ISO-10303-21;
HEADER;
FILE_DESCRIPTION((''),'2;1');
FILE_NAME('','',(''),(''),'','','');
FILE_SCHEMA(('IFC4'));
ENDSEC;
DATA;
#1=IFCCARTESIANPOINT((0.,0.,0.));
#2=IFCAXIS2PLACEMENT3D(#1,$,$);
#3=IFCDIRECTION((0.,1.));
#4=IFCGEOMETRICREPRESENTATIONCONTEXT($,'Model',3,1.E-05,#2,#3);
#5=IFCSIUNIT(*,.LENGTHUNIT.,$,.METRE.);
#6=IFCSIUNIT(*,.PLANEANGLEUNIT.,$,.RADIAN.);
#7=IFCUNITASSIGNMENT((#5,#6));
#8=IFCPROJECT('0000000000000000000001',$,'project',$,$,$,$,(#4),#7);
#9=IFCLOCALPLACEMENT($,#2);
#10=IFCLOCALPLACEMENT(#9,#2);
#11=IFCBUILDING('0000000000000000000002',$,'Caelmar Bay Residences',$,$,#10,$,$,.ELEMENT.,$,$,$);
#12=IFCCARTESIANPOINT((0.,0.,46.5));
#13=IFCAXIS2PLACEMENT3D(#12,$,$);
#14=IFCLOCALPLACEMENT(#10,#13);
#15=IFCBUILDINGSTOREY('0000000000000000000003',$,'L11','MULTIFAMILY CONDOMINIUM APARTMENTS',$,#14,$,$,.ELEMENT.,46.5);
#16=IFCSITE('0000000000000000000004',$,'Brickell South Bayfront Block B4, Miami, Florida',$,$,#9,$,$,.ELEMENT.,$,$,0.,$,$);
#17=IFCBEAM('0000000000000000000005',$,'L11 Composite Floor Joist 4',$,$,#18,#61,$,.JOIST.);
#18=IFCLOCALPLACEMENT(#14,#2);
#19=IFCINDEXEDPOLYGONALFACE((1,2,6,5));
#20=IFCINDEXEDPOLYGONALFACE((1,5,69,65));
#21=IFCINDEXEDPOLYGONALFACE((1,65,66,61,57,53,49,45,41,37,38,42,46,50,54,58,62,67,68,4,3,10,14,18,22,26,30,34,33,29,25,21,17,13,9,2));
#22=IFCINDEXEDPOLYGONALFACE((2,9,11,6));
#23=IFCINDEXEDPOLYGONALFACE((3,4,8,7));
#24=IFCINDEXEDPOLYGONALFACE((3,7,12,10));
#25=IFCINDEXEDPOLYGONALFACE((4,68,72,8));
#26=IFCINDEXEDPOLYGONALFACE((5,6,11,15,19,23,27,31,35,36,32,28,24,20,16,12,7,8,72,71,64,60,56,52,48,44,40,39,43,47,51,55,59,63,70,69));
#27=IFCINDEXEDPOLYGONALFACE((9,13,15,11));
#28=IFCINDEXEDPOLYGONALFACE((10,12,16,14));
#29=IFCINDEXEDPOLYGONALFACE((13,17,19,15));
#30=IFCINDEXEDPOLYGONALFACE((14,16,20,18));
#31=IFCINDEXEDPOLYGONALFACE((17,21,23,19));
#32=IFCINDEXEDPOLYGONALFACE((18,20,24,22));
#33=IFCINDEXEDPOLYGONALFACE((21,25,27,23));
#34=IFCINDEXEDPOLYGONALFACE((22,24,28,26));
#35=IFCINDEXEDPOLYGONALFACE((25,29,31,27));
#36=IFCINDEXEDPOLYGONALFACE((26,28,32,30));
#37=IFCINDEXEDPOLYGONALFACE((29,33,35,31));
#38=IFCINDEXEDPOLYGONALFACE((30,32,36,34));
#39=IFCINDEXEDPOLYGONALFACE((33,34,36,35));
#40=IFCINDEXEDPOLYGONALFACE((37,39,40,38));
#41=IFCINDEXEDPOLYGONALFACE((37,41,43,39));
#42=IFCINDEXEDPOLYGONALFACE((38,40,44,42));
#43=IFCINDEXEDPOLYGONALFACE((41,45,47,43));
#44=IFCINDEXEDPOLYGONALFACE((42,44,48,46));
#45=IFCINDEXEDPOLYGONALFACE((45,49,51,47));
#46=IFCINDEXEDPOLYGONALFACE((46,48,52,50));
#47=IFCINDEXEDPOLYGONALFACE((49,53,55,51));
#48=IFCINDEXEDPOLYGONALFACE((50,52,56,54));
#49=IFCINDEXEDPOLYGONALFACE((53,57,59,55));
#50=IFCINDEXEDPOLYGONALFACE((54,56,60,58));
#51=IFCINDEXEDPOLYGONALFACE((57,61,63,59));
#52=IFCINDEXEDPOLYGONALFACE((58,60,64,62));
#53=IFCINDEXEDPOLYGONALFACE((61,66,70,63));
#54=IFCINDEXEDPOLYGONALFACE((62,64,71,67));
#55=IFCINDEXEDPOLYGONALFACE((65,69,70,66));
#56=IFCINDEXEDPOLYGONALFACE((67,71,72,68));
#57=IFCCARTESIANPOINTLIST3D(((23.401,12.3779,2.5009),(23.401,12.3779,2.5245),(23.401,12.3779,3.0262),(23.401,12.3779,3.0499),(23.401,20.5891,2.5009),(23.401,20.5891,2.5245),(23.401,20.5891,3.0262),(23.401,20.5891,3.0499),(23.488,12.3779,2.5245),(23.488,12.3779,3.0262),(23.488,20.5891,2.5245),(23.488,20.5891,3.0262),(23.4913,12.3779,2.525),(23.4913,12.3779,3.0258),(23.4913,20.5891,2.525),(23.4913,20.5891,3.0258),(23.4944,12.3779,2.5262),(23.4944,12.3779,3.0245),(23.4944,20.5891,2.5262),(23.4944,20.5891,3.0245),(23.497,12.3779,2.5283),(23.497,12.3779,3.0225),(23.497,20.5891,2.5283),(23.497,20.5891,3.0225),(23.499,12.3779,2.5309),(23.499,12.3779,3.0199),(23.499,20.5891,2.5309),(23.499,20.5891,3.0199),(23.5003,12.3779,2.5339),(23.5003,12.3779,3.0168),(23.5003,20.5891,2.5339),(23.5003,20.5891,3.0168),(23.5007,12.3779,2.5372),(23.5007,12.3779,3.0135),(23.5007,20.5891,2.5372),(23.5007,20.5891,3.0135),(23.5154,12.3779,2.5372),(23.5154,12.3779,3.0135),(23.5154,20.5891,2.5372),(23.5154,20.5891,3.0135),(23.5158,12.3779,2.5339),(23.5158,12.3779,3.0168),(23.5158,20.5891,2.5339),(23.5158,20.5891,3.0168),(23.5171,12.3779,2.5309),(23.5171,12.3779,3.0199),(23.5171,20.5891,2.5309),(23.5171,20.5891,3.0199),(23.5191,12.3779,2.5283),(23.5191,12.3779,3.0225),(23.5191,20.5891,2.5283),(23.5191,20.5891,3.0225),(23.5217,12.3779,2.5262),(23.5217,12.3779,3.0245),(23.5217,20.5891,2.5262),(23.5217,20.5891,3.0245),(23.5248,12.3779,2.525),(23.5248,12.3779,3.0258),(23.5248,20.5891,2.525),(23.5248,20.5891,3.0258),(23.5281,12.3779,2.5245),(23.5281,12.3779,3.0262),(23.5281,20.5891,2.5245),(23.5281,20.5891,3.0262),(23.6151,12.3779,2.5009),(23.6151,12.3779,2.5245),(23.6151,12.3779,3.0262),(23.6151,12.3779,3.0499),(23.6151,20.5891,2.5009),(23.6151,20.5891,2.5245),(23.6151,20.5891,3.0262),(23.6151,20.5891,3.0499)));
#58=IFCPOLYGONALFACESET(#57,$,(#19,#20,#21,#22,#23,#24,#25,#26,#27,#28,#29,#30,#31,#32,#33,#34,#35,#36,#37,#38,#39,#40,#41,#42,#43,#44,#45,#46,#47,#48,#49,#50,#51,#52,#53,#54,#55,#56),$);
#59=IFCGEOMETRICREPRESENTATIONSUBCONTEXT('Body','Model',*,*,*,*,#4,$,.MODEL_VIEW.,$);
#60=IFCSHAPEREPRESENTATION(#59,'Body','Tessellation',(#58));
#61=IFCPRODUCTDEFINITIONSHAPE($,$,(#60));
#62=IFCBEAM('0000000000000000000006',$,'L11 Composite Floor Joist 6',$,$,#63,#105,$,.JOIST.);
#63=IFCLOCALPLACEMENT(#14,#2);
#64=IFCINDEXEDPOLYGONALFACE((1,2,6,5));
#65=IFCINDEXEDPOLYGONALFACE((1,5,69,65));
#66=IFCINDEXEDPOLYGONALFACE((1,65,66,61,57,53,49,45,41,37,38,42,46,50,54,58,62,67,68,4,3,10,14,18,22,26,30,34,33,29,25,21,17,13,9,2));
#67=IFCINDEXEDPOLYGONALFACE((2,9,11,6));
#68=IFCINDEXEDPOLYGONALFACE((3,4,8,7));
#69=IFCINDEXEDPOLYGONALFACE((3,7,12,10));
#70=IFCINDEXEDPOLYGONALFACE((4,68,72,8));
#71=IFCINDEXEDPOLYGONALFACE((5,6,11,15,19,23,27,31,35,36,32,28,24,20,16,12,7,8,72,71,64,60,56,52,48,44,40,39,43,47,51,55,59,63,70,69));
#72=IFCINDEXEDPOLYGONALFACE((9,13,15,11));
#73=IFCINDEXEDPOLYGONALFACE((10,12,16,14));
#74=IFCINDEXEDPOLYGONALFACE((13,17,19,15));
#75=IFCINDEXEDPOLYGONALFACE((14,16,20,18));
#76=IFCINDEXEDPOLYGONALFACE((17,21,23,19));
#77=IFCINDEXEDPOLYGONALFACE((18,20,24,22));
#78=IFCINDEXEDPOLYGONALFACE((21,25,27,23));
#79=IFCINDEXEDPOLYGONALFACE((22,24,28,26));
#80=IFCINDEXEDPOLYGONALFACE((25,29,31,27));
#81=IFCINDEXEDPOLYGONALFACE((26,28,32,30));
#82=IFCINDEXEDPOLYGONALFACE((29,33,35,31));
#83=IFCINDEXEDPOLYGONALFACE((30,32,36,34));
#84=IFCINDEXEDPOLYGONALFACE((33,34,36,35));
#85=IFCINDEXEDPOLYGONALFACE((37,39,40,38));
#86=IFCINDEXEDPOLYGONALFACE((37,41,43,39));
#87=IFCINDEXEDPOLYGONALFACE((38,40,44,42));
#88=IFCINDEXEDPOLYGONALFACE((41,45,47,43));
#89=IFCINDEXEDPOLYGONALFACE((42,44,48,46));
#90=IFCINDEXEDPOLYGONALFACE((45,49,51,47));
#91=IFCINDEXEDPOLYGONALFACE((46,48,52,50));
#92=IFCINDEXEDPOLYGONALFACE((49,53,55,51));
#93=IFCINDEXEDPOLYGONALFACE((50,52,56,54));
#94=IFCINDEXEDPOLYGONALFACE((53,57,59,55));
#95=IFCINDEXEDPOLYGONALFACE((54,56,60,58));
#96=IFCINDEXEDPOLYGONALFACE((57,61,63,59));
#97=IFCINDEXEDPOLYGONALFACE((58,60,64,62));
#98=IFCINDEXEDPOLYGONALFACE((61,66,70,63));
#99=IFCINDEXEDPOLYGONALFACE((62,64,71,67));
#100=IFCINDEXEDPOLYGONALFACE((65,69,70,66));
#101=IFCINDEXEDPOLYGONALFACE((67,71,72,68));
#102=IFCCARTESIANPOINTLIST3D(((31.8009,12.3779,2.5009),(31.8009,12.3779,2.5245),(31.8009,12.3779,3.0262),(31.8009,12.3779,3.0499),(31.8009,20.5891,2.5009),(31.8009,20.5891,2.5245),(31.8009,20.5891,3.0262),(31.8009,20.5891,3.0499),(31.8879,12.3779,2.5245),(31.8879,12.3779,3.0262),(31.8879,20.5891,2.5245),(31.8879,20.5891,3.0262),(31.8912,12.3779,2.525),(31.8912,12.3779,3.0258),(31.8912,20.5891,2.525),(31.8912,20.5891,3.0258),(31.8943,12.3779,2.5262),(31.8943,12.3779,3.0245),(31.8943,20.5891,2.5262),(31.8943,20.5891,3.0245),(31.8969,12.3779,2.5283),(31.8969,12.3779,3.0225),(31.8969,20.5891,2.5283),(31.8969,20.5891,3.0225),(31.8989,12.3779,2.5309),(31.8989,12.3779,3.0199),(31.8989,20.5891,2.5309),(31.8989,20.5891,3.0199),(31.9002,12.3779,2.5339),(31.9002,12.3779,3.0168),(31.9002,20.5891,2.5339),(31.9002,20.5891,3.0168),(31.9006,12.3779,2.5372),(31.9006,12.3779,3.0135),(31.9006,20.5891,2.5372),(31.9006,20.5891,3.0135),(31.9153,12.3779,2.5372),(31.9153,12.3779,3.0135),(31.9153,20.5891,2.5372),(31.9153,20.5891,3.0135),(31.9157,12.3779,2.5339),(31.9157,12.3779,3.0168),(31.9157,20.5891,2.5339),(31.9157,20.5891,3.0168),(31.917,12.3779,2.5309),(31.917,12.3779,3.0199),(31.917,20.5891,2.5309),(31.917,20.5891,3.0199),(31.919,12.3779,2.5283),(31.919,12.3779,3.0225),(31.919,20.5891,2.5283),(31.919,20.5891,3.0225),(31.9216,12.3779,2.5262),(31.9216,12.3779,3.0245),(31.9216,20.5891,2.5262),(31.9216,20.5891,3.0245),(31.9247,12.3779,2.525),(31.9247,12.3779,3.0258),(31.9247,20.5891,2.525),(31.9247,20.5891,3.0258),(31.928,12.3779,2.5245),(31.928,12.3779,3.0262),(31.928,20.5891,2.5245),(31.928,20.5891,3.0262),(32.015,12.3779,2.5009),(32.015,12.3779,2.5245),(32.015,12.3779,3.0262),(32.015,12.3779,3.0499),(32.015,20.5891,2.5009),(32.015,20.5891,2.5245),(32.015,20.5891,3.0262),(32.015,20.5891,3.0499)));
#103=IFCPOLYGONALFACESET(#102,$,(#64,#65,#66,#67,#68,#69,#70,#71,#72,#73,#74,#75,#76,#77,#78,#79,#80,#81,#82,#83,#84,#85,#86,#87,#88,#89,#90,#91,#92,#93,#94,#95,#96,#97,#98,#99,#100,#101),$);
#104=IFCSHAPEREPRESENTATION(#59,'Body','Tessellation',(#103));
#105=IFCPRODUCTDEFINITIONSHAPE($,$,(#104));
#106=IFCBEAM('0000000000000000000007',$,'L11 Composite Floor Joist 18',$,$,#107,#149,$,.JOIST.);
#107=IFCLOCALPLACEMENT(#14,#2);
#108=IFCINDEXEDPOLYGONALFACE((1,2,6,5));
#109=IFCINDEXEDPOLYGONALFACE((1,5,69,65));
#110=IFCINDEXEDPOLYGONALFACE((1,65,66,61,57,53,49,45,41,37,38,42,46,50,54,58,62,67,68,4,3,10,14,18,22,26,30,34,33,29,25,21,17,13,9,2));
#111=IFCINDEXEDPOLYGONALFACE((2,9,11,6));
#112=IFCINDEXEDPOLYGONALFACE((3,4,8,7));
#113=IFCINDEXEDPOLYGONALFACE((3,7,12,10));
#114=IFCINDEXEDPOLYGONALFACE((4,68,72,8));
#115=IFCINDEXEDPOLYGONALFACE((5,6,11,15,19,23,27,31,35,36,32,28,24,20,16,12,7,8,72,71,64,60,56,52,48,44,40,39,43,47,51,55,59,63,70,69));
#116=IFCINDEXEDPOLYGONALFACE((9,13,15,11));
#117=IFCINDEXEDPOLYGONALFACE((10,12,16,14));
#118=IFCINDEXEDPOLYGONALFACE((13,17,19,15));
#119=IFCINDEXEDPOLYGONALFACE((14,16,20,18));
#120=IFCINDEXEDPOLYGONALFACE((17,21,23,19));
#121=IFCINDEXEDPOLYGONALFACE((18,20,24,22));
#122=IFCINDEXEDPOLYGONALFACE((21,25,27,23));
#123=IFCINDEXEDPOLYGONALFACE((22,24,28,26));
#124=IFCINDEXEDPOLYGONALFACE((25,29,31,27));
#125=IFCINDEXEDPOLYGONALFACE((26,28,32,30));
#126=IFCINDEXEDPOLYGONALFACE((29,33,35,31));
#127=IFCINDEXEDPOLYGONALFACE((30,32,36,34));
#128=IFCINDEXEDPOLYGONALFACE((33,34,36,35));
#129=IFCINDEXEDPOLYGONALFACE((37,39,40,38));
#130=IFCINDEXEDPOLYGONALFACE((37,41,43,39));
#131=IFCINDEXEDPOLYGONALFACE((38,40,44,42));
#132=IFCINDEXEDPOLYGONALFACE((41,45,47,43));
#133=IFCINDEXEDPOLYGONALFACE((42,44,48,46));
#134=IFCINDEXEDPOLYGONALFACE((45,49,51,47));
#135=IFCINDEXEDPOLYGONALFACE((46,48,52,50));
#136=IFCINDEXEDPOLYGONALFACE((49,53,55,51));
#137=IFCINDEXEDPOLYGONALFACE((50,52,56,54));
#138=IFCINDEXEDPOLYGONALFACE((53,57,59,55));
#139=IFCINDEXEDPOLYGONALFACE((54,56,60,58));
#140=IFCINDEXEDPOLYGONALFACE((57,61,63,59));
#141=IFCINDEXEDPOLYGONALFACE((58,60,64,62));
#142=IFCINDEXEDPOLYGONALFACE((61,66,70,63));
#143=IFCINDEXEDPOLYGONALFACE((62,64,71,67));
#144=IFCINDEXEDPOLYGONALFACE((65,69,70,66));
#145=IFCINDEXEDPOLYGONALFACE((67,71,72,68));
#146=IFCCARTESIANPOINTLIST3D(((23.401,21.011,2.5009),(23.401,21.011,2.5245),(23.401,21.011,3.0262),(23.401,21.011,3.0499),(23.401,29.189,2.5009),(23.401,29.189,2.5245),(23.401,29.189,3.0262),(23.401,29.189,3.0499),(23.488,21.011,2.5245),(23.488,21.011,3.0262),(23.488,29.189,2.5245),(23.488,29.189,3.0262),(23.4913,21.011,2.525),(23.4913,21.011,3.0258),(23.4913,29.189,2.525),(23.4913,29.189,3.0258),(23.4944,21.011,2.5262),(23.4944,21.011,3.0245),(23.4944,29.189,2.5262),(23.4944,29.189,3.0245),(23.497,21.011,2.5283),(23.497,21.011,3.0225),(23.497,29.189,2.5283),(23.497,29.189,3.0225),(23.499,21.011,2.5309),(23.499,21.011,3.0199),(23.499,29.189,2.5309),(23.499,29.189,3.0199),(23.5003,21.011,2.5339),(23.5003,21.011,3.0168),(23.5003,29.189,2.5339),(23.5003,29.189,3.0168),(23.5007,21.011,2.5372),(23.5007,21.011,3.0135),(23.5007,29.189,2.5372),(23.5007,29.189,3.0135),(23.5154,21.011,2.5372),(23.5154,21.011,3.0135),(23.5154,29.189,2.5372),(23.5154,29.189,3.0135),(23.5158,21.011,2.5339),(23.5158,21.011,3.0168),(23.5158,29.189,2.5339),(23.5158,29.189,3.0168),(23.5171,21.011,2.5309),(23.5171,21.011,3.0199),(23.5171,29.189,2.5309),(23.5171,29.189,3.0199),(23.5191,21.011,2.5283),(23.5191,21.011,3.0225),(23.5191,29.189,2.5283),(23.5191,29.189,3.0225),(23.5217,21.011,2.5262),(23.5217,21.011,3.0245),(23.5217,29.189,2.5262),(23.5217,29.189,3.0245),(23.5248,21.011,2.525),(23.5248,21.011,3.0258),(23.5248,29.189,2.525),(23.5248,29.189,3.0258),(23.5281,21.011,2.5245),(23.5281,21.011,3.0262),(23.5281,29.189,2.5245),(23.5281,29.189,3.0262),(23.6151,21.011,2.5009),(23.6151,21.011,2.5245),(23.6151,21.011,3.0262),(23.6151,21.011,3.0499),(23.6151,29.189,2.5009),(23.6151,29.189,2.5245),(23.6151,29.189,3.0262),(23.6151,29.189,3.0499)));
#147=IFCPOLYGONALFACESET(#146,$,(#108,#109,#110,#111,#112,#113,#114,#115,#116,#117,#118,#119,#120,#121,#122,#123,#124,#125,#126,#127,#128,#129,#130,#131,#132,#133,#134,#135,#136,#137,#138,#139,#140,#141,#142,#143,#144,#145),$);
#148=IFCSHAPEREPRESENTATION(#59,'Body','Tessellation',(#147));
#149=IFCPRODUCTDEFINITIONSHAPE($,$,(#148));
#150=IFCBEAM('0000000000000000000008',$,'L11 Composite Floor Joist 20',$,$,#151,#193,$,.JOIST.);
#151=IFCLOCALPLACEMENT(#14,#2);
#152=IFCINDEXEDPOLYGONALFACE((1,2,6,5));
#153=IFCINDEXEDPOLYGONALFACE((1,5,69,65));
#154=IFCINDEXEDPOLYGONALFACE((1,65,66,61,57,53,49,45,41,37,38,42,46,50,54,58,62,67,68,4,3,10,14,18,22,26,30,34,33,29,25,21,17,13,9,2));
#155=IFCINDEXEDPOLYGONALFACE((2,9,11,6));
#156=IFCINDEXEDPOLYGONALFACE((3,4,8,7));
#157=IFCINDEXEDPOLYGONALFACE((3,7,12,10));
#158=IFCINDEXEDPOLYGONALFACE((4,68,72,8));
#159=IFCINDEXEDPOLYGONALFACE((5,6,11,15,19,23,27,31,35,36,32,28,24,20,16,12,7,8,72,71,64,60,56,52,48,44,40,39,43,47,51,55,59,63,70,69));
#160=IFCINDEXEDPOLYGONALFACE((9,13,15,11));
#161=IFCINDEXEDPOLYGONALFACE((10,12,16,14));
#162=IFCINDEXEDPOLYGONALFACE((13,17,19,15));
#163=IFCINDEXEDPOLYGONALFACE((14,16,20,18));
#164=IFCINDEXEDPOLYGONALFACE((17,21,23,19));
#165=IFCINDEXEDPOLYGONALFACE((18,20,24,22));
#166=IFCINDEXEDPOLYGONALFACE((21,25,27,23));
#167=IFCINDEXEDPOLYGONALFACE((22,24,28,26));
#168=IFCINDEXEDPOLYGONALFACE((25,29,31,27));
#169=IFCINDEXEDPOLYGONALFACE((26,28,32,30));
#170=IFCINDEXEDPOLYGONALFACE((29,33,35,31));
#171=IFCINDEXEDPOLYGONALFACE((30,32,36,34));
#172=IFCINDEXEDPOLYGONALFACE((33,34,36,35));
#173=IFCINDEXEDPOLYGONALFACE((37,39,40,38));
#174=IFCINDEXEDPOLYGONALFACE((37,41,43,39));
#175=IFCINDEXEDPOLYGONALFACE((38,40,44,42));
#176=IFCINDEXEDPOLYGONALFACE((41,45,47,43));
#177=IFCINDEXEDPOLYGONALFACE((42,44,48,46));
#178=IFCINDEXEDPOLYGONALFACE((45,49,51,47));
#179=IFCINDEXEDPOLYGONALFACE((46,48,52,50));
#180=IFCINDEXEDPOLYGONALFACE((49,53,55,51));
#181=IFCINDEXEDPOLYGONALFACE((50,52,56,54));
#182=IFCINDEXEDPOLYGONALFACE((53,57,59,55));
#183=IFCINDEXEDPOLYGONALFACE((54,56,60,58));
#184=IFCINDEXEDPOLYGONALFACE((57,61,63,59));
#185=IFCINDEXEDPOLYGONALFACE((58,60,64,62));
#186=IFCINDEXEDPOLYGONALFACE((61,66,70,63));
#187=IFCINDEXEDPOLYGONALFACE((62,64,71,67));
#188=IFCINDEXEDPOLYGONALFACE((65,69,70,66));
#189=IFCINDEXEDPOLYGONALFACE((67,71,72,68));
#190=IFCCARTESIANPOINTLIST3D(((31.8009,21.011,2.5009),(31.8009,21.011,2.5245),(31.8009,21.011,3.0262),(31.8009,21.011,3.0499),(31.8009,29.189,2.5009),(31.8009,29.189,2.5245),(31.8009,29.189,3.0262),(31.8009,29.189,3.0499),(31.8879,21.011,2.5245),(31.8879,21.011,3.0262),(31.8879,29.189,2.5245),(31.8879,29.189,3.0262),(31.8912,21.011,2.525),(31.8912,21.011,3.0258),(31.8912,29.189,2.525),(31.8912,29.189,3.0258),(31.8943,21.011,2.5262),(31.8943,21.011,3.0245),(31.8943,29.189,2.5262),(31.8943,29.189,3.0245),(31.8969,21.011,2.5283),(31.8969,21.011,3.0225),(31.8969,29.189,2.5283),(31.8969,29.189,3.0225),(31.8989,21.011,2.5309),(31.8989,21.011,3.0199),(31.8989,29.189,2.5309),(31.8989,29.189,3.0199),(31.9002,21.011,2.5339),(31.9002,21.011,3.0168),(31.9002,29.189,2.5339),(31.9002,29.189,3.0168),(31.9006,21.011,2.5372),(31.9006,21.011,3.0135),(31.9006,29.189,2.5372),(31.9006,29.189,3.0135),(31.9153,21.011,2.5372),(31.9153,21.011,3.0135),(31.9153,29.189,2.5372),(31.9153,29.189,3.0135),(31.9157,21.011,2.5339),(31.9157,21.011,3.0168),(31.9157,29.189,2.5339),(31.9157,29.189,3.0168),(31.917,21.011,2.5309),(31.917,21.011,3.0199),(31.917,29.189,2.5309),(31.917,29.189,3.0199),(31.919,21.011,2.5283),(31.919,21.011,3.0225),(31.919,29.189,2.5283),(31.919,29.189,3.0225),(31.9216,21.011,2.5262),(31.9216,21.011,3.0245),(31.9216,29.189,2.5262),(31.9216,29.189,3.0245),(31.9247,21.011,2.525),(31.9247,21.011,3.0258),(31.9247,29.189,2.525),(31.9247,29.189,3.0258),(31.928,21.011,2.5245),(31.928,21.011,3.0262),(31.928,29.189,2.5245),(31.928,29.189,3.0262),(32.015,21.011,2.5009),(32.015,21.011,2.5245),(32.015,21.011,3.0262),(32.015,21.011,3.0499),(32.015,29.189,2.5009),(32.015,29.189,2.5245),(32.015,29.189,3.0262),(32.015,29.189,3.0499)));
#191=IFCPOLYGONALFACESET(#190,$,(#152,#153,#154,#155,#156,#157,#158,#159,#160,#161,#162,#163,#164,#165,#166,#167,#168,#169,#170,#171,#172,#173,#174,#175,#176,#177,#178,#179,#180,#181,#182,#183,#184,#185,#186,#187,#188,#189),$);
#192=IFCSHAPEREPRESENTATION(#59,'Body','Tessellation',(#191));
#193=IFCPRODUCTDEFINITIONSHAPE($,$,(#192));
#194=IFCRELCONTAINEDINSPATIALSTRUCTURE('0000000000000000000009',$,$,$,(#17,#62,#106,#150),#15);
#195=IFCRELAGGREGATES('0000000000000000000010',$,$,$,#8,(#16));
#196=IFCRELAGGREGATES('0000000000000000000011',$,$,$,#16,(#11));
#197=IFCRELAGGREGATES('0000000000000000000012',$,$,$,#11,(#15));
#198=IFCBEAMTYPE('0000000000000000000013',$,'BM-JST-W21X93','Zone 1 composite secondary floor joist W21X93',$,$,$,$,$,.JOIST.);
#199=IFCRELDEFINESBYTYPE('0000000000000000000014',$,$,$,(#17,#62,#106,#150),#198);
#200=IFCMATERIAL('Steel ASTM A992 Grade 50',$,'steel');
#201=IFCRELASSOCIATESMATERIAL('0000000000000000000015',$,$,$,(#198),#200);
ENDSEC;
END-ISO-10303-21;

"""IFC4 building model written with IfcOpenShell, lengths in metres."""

from ifc_helpers import new_model, si_unit, direction, frame, origin, origin_2d, place, context, subcontext, project, spatial, i_section, extrude, material, material_profile, profile_set, type_object, element, save


model = new_model("IFC4")

# Units and contexts
model_context = context("Model", 3, precision=1e-05, world=origin(), true_north=direction((0.0, 1.0)))
body_context = subcontext(model_context, "Body", "Model", "MODEL_VIEW")
ifc_project = project(units=[si_unit("LENGTHUNIT", "METRE"), si_unit("PLANEANGLEUNIT", "RADIAN")], contexts=[model_context])

# Site, building, storey
site_placement = place(None, origin())
site = spatial("IfcSite", under=ifc_project, at=site_placement, Name="Brickell South Bayfront Block B4, Miami, Florida", CompositionType="ELEMENT", RefElevation=0.0)
building_placement = place(site_placement, origin())
building = spatial("IfcBuilding", under=site, at=building_placement, Name="Caelmar Bay Residences", CompositionType="ELEMENT")
storey_placement = place(building_placement, frame((0.0, 0.0, 46.5)))
storey = spatial("IfcBuildingStorey", under=building, at=storey_placement, Name="L11", Description="MULTIFAMILY CONDOMINIUM APARTMENTS", CompositionType="ELEMENT", Elevation=46.5)

# Beams
ifc_material_1 = material(Name="Steel ASTM A992 Grade 50", Category="steel")
ifc_material_profile_1 = material_profile(ifc_material_1, i_section(OverallWidth=0.2141, OverallDepth=0.5491, WebThickness=0.0146, FlangeThickness=0.0237, FilletRadius=0.0127, at=origin_2d()), Name="W21X93")
ifc_profile_set_1 = profile_set([ifc_material_profile_1], Name="Steel ASTM A992 Grade 50")
beam_type_1 = type_object("IfcBeamType", Name="BM-JST-W21X93", Description="Zone 1 composite secondary floor joist W21X93", PredefinedType="JOIST", material=ifc_profile_set_1)
for number, where, z_axis, x_axis, name in (
    (1, (23.5081, 12.3779, 2.7754), (0.0, 1.0, 0.0), (-1.0, 0.0, 0.0), "L11 Composite Floor Joist 4"),
    (2, (31.908, 12.3779, 2.7754), (0.0, 1.0, 0.0), (-1.0, 0.0, 0.0), "L11 Composite Floor Joist 6"),
):
    element("IfcBeam", number, at=place(storey_placement, frame(where, z_axis=z_axis, x_axis=x_axis)), inside=storey, type_object=beam_type_1, Name=name, PredefinedType="JOIST", context=body_context, shape_type="SweptSolid", body=[
        extrude(i_section(OverallWidth=0.2141, OverallDepth=0.5491, WebThickness=0.0146, FlangeThickness=0.0237, FilletRadius=0.0127, at=origin_2d()), origin(), (0.0, 0.0, 1.0), 8.2112),
    ])
for number, where, z_axis, x_axis, name in (
    (3, (23.5081, 21.011, 2.7754), (0.0, 1.0, 0.0), (-1.0, 0.0, 0.0), "L11 Composite Floor Joist 18"),
    (4, (31.908, 21.011, 2.7754), (0.0, 1.0, 0.0), (-1.0, 0.0, 0.0), "L11 Composite Floor Joist 20"),
):
    element("IfcBeam", number, at=place(storey_placement, frame(where, z_axis=z_axis, x_axis=x_axis)), inside=storey, type_object=beam_type_1, Name=name, PredefinedType="JOIST", context=body_context, shape_type="SweptSolid", body=[
        extrude(i_section(OverallWidth=0.2141, OverallDepth=0.5491, WebThickness=0.0146, FlangeThickness=0.0237, FilletRadius=0.0127, at=origin_2d()), origin(), (0.0, 0.0, 1.0), 8.178),
    ])

save(model, "model.ifc")
